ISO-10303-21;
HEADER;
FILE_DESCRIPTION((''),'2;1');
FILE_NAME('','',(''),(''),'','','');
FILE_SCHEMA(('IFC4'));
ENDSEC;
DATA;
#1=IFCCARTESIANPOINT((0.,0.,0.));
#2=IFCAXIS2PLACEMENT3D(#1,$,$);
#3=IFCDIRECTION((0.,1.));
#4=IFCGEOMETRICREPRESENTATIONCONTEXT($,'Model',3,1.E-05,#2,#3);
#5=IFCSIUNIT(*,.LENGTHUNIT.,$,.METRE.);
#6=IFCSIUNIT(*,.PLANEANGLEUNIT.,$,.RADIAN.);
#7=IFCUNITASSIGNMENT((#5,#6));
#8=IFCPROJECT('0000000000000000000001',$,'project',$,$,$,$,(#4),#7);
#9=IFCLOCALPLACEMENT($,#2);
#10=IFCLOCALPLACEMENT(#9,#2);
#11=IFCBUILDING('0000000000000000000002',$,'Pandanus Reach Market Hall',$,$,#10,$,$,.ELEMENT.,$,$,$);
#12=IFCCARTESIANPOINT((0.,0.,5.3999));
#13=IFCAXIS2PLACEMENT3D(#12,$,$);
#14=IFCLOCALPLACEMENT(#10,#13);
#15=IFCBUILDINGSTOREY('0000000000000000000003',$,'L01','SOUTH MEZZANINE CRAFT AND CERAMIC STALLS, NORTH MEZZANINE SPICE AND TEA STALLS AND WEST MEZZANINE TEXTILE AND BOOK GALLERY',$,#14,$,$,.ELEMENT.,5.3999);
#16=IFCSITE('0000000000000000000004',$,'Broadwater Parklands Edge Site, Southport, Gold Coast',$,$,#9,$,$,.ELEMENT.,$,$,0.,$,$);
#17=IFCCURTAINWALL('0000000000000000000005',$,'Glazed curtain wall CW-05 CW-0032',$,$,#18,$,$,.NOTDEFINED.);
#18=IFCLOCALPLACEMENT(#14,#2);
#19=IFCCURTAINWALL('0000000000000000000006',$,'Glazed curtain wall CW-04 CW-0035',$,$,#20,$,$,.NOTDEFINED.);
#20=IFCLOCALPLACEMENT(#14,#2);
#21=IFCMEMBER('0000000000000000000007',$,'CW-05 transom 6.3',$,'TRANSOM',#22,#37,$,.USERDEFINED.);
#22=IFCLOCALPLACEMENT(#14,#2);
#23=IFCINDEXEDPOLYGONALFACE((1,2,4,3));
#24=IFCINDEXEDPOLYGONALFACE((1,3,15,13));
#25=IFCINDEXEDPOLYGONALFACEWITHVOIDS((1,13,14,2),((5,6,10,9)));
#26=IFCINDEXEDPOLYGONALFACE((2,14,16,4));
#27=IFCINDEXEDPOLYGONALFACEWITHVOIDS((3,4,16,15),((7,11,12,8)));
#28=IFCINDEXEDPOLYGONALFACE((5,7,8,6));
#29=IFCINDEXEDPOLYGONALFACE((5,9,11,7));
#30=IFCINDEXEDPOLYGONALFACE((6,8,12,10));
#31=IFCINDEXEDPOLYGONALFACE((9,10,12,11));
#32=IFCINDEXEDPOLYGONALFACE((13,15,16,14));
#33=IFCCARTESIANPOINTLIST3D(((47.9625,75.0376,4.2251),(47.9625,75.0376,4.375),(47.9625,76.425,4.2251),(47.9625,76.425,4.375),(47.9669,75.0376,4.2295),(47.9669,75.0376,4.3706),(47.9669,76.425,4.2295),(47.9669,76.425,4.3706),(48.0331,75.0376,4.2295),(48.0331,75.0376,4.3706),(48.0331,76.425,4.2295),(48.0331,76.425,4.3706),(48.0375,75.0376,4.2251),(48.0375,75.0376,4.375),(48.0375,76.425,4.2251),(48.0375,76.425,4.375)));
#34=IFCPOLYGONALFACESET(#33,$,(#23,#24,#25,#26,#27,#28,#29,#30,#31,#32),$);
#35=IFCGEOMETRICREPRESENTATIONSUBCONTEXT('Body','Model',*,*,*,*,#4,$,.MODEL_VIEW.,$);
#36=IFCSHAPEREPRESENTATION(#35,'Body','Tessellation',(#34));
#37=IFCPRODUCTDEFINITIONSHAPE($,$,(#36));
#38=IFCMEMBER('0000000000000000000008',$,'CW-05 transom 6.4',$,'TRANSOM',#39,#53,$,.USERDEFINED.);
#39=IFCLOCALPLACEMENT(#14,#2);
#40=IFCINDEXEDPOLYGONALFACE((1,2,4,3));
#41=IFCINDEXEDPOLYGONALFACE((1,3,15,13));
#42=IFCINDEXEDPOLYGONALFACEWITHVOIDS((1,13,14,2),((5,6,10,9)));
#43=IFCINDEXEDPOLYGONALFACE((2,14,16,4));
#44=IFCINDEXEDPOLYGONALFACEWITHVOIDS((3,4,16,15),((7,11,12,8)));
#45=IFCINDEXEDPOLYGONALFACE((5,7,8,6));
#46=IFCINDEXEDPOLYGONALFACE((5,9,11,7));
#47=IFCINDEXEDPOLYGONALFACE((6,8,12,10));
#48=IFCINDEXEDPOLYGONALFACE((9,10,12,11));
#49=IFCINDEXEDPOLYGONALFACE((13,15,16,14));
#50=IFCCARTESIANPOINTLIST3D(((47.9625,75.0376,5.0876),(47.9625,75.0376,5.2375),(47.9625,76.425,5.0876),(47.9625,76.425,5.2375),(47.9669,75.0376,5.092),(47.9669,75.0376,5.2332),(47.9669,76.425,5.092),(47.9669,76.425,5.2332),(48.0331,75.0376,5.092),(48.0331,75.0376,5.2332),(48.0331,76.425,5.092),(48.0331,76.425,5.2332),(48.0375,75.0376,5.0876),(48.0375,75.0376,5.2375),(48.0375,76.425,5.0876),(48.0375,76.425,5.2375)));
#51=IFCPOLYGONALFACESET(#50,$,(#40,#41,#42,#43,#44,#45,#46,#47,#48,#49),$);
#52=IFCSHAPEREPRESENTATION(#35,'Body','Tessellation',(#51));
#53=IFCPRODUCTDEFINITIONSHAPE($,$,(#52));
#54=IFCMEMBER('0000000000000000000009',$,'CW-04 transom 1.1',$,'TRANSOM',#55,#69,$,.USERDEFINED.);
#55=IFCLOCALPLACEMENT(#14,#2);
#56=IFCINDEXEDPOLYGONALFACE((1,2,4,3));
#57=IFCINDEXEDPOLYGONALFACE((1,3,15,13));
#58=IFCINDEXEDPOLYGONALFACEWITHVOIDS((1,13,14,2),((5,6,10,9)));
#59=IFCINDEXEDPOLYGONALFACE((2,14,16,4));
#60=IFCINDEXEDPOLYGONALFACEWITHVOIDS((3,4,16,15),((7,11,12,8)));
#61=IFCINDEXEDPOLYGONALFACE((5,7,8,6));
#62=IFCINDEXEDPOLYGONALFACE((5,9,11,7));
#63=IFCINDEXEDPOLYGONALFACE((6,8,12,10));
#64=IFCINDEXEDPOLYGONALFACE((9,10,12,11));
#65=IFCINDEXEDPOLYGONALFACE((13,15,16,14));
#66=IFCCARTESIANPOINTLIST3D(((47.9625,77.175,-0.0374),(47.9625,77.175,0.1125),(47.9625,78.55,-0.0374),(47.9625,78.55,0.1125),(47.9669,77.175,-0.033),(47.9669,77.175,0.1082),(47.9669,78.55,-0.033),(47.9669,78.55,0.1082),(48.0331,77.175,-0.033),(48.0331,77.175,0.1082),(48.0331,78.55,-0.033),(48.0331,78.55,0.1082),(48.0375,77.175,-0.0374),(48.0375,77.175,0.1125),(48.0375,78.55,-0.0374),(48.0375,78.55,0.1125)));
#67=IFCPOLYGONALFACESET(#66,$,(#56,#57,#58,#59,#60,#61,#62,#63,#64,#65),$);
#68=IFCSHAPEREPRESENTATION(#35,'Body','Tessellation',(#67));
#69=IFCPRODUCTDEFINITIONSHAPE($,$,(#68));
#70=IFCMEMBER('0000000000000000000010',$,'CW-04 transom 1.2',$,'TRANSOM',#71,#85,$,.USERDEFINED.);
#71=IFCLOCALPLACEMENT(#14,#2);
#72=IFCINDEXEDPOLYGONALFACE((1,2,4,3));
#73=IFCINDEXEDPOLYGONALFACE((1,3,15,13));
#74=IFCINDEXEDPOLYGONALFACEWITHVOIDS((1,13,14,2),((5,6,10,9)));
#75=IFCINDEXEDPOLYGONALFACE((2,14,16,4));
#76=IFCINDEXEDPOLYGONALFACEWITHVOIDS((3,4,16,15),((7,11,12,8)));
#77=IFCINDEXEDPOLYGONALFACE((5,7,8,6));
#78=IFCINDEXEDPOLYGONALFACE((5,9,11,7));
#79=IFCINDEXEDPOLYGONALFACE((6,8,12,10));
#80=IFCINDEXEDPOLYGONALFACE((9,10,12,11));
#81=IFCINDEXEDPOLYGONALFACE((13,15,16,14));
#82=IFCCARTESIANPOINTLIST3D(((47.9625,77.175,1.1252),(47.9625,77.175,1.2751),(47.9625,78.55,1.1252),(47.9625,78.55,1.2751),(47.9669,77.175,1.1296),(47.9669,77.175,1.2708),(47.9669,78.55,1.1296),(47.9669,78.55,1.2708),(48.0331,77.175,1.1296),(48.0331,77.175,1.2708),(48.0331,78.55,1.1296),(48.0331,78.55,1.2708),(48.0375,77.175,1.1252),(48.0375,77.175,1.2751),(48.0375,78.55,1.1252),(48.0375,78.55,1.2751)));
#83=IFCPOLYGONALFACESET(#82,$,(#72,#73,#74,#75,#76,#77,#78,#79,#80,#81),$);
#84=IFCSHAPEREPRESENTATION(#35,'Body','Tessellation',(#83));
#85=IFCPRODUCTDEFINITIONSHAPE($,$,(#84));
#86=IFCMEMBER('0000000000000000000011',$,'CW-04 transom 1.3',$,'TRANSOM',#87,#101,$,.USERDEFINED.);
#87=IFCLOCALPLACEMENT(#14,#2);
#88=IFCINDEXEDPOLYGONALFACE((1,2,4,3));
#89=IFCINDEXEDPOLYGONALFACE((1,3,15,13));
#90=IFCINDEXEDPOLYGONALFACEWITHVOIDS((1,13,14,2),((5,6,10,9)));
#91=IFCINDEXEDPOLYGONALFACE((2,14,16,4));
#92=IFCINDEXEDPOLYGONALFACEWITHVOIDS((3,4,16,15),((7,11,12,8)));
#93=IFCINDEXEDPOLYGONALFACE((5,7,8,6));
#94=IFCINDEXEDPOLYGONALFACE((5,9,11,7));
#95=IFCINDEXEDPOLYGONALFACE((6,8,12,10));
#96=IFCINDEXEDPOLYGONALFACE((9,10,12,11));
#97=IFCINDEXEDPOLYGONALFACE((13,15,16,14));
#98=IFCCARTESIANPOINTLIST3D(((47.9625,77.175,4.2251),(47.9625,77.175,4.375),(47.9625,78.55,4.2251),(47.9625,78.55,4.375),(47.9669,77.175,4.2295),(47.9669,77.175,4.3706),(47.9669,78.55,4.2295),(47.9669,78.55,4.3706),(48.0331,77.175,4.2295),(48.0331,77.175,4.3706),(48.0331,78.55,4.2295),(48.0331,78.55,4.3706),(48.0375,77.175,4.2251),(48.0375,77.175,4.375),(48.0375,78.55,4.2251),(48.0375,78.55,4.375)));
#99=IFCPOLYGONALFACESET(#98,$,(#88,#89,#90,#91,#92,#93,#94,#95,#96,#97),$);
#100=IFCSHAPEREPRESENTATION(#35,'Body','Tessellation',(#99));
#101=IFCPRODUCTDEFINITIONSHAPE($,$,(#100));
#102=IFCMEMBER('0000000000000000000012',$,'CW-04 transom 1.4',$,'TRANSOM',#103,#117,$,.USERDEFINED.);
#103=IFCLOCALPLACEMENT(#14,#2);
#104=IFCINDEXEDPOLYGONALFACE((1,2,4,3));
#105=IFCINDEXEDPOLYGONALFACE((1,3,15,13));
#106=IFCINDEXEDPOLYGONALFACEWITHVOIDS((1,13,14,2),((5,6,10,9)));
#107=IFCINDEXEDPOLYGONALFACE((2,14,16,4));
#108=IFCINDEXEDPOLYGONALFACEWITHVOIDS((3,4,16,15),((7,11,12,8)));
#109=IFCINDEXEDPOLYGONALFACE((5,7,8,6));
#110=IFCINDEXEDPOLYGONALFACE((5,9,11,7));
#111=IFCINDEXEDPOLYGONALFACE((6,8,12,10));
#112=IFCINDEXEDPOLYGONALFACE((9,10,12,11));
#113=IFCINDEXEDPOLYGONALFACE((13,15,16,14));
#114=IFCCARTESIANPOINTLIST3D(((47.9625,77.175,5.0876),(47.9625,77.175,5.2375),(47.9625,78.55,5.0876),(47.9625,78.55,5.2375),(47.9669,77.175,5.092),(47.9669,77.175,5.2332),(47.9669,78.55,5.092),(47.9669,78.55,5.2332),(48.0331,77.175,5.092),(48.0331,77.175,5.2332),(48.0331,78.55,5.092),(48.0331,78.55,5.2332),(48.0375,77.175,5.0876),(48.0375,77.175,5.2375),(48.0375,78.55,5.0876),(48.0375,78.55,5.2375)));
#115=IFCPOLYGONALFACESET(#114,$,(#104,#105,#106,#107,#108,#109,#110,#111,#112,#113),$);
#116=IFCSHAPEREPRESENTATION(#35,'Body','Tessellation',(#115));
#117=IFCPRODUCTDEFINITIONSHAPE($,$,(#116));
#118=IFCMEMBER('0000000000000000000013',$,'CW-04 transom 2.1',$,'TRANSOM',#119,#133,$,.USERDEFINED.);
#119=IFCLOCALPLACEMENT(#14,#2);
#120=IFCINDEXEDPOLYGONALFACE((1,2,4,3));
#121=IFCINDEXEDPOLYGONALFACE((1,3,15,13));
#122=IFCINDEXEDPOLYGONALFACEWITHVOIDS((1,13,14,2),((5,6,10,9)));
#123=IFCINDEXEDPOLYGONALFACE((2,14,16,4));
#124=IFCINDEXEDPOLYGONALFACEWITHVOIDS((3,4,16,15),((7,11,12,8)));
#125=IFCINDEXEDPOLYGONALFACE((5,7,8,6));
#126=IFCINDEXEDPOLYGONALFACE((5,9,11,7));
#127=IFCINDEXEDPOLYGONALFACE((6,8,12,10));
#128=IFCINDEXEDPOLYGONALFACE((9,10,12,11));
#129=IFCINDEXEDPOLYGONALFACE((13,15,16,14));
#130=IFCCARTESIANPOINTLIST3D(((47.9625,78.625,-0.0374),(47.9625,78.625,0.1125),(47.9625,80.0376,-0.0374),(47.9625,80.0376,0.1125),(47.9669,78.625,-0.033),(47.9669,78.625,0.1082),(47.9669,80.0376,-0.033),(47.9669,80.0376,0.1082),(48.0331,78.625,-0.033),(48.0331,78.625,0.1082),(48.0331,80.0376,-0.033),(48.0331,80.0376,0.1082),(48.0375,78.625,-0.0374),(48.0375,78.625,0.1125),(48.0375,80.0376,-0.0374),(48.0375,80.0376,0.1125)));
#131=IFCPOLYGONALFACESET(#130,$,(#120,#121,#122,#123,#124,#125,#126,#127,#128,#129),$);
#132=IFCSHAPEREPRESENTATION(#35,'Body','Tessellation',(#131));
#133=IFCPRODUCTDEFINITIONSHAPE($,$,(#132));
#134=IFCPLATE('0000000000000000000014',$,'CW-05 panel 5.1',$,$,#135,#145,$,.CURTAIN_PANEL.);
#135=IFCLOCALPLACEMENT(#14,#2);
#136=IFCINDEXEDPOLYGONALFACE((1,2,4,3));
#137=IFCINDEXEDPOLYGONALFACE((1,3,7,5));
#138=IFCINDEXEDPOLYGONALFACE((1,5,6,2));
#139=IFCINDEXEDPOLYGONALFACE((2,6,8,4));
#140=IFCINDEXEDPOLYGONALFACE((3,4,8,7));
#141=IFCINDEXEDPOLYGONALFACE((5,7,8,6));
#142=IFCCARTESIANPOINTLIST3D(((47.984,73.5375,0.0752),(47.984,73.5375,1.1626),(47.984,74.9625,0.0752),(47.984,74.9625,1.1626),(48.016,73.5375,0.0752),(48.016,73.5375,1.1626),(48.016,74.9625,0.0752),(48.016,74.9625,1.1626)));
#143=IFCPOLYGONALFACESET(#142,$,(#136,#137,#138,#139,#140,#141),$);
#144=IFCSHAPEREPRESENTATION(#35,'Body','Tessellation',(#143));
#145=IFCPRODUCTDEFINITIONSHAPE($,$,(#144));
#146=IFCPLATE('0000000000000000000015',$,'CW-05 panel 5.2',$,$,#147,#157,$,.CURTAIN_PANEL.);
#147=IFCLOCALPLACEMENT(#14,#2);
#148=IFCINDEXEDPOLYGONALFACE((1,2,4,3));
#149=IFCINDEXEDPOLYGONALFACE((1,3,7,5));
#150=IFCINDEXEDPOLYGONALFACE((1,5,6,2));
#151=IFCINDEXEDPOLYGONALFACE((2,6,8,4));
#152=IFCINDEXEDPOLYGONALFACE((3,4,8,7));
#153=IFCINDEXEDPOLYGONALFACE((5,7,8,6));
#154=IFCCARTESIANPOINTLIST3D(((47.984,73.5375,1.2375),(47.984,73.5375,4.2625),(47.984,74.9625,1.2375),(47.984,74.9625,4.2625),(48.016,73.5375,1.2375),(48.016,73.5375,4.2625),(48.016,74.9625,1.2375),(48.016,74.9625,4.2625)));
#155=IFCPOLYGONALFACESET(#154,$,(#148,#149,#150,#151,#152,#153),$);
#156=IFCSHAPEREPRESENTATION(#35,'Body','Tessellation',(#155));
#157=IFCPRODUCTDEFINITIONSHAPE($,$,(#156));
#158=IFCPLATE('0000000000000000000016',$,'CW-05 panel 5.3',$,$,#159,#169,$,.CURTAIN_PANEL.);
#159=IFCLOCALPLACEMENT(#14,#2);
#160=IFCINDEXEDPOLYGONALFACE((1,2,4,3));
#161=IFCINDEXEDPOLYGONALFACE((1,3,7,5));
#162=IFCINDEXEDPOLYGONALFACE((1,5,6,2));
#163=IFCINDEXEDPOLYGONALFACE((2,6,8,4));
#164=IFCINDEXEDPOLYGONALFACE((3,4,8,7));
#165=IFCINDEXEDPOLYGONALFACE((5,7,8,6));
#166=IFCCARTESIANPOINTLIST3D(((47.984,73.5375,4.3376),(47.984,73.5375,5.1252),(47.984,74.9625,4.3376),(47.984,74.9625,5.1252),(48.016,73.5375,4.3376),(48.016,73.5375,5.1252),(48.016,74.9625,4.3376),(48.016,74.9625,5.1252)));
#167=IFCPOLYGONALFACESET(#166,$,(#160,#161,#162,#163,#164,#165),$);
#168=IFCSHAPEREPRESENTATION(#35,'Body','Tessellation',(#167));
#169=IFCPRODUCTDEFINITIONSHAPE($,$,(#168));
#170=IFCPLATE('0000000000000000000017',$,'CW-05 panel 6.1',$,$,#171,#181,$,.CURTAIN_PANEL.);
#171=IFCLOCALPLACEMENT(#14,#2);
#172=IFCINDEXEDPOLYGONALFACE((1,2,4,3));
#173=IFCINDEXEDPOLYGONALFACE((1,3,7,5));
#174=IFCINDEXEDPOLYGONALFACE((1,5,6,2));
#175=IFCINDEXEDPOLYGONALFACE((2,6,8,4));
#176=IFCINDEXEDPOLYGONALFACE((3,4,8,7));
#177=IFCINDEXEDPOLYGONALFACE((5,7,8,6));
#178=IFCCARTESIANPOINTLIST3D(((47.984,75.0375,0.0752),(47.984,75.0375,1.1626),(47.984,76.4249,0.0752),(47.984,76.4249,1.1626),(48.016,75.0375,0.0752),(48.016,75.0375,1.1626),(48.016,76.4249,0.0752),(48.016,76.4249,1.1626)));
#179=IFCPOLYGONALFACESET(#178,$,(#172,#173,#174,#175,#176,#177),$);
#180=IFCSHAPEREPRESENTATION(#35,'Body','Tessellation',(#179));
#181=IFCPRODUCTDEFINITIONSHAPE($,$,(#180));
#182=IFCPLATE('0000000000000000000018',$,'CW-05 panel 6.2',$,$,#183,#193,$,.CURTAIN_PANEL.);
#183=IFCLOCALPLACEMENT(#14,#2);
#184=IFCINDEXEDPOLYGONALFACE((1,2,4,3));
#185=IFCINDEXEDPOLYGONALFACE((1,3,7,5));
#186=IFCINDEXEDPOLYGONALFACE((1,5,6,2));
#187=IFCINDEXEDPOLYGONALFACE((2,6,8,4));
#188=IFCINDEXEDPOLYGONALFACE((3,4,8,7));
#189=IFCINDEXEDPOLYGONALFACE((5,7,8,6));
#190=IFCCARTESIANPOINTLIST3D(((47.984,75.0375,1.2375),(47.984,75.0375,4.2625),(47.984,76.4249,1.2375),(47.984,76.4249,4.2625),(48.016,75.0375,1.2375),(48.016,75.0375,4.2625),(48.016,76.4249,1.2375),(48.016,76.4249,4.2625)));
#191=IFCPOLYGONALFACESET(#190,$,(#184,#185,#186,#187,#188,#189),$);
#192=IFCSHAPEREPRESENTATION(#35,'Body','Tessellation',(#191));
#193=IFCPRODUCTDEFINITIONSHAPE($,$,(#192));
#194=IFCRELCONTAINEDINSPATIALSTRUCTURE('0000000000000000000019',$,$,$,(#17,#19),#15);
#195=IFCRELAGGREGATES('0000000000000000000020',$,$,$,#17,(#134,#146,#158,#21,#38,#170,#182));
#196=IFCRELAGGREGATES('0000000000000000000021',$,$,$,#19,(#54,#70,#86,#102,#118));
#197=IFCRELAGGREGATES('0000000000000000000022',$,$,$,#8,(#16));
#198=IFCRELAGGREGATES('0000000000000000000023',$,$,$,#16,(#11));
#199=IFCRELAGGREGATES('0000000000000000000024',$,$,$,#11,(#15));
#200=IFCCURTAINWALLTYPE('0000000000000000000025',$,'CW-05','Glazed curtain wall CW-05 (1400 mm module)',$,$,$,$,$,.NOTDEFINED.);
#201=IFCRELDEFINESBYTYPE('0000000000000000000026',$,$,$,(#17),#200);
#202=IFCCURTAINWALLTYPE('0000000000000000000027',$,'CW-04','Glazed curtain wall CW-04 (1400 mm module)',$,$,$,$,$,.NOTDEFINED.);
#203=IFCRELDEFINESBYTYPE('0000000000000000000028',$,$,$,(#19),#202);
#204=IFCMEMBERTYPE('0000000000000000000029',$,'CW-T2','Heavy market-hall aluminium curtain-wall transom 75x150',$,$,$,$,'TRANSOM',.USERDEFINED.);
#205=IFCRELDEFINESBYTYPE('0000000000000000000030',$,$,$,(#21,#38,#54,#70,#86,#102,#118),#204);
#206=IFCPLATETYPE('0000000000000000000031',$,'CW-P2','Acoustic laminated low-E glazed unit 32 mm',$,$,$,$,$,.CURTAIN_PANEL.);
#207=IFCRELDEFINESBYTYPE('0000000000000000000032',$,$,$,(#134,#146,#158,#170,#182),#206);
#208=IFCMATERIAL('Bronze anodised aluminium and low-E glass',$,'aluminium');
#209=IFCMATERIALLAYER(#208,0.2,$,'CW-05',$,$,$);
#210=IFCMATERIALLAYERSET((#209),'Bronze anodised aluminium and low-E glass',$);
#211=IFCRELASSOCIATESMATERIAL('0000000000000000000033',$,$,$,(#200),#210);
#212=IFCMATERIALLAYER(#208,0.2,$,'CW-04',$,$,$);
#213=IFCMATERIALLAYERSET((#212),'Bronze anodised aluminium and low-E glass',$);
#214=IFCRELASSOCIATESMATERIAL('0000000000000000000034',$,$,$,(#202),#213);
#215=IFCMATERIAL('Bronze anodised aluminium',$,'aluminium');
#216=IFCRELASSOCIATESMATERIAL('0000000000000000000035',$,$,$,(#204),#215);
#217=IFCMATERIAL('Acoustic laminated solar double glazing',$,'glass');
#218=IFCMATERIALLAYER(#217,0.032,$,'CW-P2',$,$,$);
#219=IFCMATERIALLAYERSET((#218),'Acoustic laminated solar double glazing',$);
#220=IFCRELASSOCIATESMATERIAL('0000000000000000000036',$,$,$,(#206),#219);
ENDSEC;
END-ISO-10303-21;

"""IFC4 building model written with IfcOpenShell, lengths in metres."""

from ifc_helpers import new_model, si_unit, direction, frame, origin, origin_2d, place, context, subcontext, project, spatial, rectangle, hollow_rectangle, extrude, material, layer, layer_set, material_profile, profile_set, type_object, element, aggregate, save


model = new_model("IFC4")

# Units and contexts
model_context = context("Model", 3, precision=1e-05, world=origin(), true_north=direction((0.0, 1.0)))
body_context = subcontext(model_context, "Body", "Model", "MODEL_VIEW")
ifc_project = project(units=[si_unit("LENGTHUNIT", "METRE"), si_unit("PLANEANGLEUNIT", "RADIAN")], contexts=[model_context])

# Site, building, storey
site_placement = place(None, origin())
site = spatial("IfcSite", under=ifc_project, at=site_placement, Name="Broadwater Parklands Edge Site, Southport, Gold Coast", CompositionType="ELEMENT", RefElevation=0.0)
building_placement = place(site_placement, origin())
building = spatial("IfcBuilding", under=site, at=building_placement, Name="Pandanus Reach Market Hall", CompositionType="ELEMENT")
storey_placement = place(building_placement, frame((0.0, 0.0, 5.3999)))
storey = spatial("IfcBuildingStorey", under=building, at=storey_placement, Name="L01", Description="SOUTH MEZZANINE CRAFT AND CERAMIC STALLS, NORTH MEZZANINE SPICE AND TEA STALLS AND WEST MEZZANINE TEXTILE AND BOOK GALLERY", CompositionType="ELEMENT", Elevation=5.3999)

# Curtain walls
ifc_material_1 = material(Name="Bronze anodised aluminium and low-E glass", Category="aluminium")
ifc_layer_1 = layer(ifc_material_1, 0.2, Name="CW-05")
ifc_layer_set_1 = layer_set([ifc_layer_1], Name="Bronze anodised aluminium and low-E glass")
curtain_wall_type_1 = type_object("IfcCurtainWallType", Name="CW-05", Description="Glazed curtain wall CW-05 (1400 mm module)", PredefinedType="NOTDEFINED", material=ifc_layer_set_1)
curtain_wall_1_placement = place(storey_placement, origin())
curtain_wall_1 = element("IfcCurtainWall", 1, at=curtain_wall_1_placement, inside=storey, type_object=curtain_wall_type_1, Name="Glazed curtain wall CW-05 CW-0032", PredefinedType="NOTDEFINED")
ifc_material_2 = material(Name="Bronze anodised aluminium", Category="aluminium")
ifc_layer_2 = layer(ifc_material_1, 0.2, Name="CW-04")
ifc_layer_set_2 = layer_set([ifc_layer_2], Name="Bronze anodised aluminium and low-E glass")
curtain_wall_type_2 = type_object("IfcCurtainWallType", Name="CW-04", Description="Glazed curtain wall CW-04 (1400 mm module)", PredefinedType="NOTDEFINED", material=ifc_layer_set_2)
curtain_wall_2_placement = place(storey_placement, origin())
curtain_wall_2 = element("IfcCurtainWall", 2, at=curtain_wall_2_placement, inside=storey, type_object=curtain_wall_type_2, Name="Glazed curtain wall CW-04 CW-0035", PredefinedType="NOTDEFINED")

# Members
ifc_material_profile_1 = material_profile(ifc_material_2, hollow_rectangle(XDim=0.075, YDim=0.1499, WallThickness=0.0044, at=origin_2d()), Name="ALU75x150", Category="LoadBearing")
ifc_profile_set_1 = profile_set([ifc_material_profile_1], Name="Bronze anodised aluminium")
member_type_1 = type_object("IfcMemberType", Name="CW-T2", Description="Heavy market-hall aluminium curtain-wall transom 75x150", ElementType="TRANSOM", PredefinedType="USERDEFINED", material=ifc_profile_set_1)
member_1_placement = place(storey_placement, frame((48.0, 75.0376, 4.3), z_axis=(0.0, 1.0, 0.0), x_axis=(-1.0, 0.0, 0.0)))
member_1 = element("IfcMember", 3, at=member_1_placement, type_object=member_type_1, Name="CW-05 transom 6.3", ObjectType="TRANSOM", PredefinedType="USERDEFINED", context=body_context, shape_type="SweptSolid", body=[
    extrude(hollow_rectangle(XDim=0.075, YDim=0.1499, WallThickness=0.0044, at=origin_2d()), origin(), (0.0, 0.0, 1.0), 1.3875),
])
member_2_placement = place(storey_placement, frame((48.0, 75.0376, 5.1626), z_axis=(0.0, 1.0, 0.0), x_axis=(-1.0, 0.0, 0.0)))
member_2 = element("IfcMember", 4, at=member_2_placement, type_object=member_type_1, Name="CW-05 transom 6.4", ObjectType="TRANSOM", PredefinedType="USERDEFINED", context=body_context, shape_type="SweptSolid", body=[
    extrude(hollow_rectangle(XDim=0.075, YDim=0.1499, WallThickness=0.0044, at=origin_2d()), origin(), (0.0, 0.0, 1.0), 1.3875),
])
member_3_placement = place(storey_placement, frame((48.0, 77.175, 0.0376), z_axis=(0.0, 1.0, 0.0), x_axis=(-1.0, 0.0, 0.0)))
member_3 = element("IfcMember", 5, at=member_3_placement, type_object=member_type_1, Name="CW-04 transom 1.1", ObjectType="TRANSOM", PredefinedType="USERDEFINED", context=body_context, shape_type="SweptSolid", body=[
    extrude(hollow_rectangle(XDim=0.075, YDim=0.1499, WallThickness=0.0044, at=origin_2d()), origin(), (0.0, 0.0, 1.0), 1.375),
])
member_4_placement = place(storey_placement, frame((48.0, 77.175, 1.2002), z_axis=(0.0, 1.0, 0.0), x_axis=(-1.0, 0.0, 0.0)))
member_4 = element("IfcMember", 6, at=member_4_placement, type_object=member_type_1, Name="CW-04 transom 1.2", ObjectType="TRANSOM", PredefinedType="USERDEFINED", context=body_context, shape_type="SweptSolid", body=[
    extrude(hollow_rectangle(XDim=0.075, YDim=0.1499, WallThickness=0.0044, at=origin_2d()), origin(), (0.0, 0.0, 1.0), 1.375),
])
member_5_placement = place(storey_placement, frame((48.0, 77.175, 4.3), z_axis=(0.0, 1.0, 0.0), x_axis=(-1.0, 0.0, 0.0)))
member_5 = element("IfcMember", 7, at=member_5_placement, type_object=member_type_1, Name="CW-04 transom 1.3", ObjectType="TRANSOM", PredefinedType="USERDEFINED", context=body_context, shape_type="SweptSolid", body=[
    extrude(hollow_rectangle(XDim=0.075, YDim=0.1499, WallThickness=0.0044, at=origin_2d()), origin(), (0.0, 0.0, 1.0), 1.375),
])
member_6_placement = place(storey_placement, frame((48.0, 77.175, 5.1626), z_axis=(0.0, 1.0, 0.0), x_axis=(-1.0, 0.0, 0.0)))
member_6 = element("IfcMember", 8, at=member_6_placement, type_object=member_type_1, Name="CW-04 transom 1.4", ObjectType="TRANSOM", PredefinedType="USERDEFINED", context=body_context, shape_type="SweptSolid", body=[
    extrude(hollow_rectangle(XDim=0.075, YDim=0.1499, WallThickness=0.0044, at=origin_2d()), origin(), (0.0, 0.0, 1.0), 1.375),
])
member_7_placement = place(storey_placement, frame((48.0, 78.625, 0.0376), z_axis=(0.0, 1.0, 0.0), x_axis=(-1.0, 0.0, 0.0)))
member_7 = element("IfcMember", 9, at=member_7_placement, type_object=member_type_1, Name="CW-04 transom 2.1", ObjectType="TRANSOM", PredefinedType="USERDEFINED", context=body_context, shape_type="SweptSolid", body=[
    extrude(hollow_rectangle(XDim=0.075, YDim=0.1499, WallThickness=0.0044, at=origin_2d()), origin(), (0.0, 0.0, 1.0), 1.4126),
])

# Plates
ifc_material_3 = material(Name="Acoustic laminated solar double glazing", Category="glass")
ifc_layer_3 = layer(ifc_material_3, 0.032, Name="CW-P2")
ifc_layer_set_3 = layer_set([ifc_layer_3], Name="Acoustic laminated solar double glazing")
plate_type = type_object("IfcPlateType", Name="CW-P2", Description="Acoustic laminated low-E glazed unit 32 mm", PredefinedType="CURTAIN_PANEL", material=ifc_layer_set_3)
plate_1_placement = place(storey_placement, frame((48.0, 74.25, 0.0752), z_axis=(0.0, 0.0, 1.0), x_axis=(0.0, 1.0, 0.0)))
plate_1 = element("IfcPlate", 10, at=plate_1_placement, type_object=plate_type, Name="CW-05 panel 5.1", PredefinedType="CURTAIN_PANEL", context=body_context, shape_type="SweptSolid", body=[
    extrude(rectangle(XDim=1.425, YDim=0.032, at=origin_2d()), origin(), (0.0, 0.0, 1.0), 1.0874),
])
plate_2_placement = place(storey_placement, frame((48.0, 74.25, 1.2375), z_axis=(0.0, 0.0, 1.0), x_axis=(0.0, 1.0, 0.0)))
plate_2 = element("IfcPlate", 11, at=plate_2_placement, type_object=plate_type, Name="CW-05 panel 5.2", PredefinedType="CURTAIN_PANEL", context=body_context, shape_type="SweptSolid", body=[
    extrude(rectangle(XDim=1.425, YDim=0.032, at=origin_2d()), origin(), (0.0, 0.0, 1.0), 3.0249),
])
plate_3_placement = place(storey_placement, frame((48.0, 74.25, 4.3376), z_axis=(0.0, 0.0, 1.0), x_axis=(0.0, 1.0, 0.0)))
plate_3 = element("IfcPlate", 12, at=plate_3_placement, type_object=plate_type, Name="CW-05 panel 5.3", PredefinedType="CURTAIN_PANEL", context=body_context, shape_type="SweptSolid", body=[
    extrude(rectangle(XDim=1.425, YDim=0.032, at=origin_2d()), origin(), (0.0, 0.0, 1.0), 0.7876),
])
plate_4_placement = place(storey_placement, frame((48.0, 75.7312, 0.0752), z_axis=(0.0, 0.0, 1.0), x_axis=(0.0, 1.0, 0.0)))
plate_4 = element("IfcPlate", 13, at=plate_4_placement, type_object=plate_type, Name="CW-05 panel 6.1", PredefinedType="CURTAIN_PANEL", context=body_context, shape_type="SweptSolid", body=[
    extrude(rectangle(XDim=1.3875, YDim=0.032, at=origin_2d()), origin(), (0.0, 0.0, 1.0), 1.0874),
])
plate_5_placement = place(storey_placement, frame((48.0, 75.7312, 1.2375), z_axis=(0.0, 0.0, 1.0), x_axis=(0.0, 1.0, 0.0)))
plate_5 = element("IfcPlate", 14, at=plate_5_placement, type_object=plate_type, Name="CW-05 panel 6.2", PredefinedType="CURTAIN_PANEL", context=body_context, shape_type="SweptSolid", body=[
    extrude(rectangle(XDim=1.3875, YDim=0.032, at=origin_2d()), origin(), (0.0, 0.0, 1.0), 3.0249),
])
aggregate(curtain_wall_1, [plate_1, plate_2, plate_3, member_1, member_2, plate_4, plate_5])
aggregate(curtain_wall_2, [member_3, member_4, member_5, member_6, member_7])

save(model, "model.ifc")
